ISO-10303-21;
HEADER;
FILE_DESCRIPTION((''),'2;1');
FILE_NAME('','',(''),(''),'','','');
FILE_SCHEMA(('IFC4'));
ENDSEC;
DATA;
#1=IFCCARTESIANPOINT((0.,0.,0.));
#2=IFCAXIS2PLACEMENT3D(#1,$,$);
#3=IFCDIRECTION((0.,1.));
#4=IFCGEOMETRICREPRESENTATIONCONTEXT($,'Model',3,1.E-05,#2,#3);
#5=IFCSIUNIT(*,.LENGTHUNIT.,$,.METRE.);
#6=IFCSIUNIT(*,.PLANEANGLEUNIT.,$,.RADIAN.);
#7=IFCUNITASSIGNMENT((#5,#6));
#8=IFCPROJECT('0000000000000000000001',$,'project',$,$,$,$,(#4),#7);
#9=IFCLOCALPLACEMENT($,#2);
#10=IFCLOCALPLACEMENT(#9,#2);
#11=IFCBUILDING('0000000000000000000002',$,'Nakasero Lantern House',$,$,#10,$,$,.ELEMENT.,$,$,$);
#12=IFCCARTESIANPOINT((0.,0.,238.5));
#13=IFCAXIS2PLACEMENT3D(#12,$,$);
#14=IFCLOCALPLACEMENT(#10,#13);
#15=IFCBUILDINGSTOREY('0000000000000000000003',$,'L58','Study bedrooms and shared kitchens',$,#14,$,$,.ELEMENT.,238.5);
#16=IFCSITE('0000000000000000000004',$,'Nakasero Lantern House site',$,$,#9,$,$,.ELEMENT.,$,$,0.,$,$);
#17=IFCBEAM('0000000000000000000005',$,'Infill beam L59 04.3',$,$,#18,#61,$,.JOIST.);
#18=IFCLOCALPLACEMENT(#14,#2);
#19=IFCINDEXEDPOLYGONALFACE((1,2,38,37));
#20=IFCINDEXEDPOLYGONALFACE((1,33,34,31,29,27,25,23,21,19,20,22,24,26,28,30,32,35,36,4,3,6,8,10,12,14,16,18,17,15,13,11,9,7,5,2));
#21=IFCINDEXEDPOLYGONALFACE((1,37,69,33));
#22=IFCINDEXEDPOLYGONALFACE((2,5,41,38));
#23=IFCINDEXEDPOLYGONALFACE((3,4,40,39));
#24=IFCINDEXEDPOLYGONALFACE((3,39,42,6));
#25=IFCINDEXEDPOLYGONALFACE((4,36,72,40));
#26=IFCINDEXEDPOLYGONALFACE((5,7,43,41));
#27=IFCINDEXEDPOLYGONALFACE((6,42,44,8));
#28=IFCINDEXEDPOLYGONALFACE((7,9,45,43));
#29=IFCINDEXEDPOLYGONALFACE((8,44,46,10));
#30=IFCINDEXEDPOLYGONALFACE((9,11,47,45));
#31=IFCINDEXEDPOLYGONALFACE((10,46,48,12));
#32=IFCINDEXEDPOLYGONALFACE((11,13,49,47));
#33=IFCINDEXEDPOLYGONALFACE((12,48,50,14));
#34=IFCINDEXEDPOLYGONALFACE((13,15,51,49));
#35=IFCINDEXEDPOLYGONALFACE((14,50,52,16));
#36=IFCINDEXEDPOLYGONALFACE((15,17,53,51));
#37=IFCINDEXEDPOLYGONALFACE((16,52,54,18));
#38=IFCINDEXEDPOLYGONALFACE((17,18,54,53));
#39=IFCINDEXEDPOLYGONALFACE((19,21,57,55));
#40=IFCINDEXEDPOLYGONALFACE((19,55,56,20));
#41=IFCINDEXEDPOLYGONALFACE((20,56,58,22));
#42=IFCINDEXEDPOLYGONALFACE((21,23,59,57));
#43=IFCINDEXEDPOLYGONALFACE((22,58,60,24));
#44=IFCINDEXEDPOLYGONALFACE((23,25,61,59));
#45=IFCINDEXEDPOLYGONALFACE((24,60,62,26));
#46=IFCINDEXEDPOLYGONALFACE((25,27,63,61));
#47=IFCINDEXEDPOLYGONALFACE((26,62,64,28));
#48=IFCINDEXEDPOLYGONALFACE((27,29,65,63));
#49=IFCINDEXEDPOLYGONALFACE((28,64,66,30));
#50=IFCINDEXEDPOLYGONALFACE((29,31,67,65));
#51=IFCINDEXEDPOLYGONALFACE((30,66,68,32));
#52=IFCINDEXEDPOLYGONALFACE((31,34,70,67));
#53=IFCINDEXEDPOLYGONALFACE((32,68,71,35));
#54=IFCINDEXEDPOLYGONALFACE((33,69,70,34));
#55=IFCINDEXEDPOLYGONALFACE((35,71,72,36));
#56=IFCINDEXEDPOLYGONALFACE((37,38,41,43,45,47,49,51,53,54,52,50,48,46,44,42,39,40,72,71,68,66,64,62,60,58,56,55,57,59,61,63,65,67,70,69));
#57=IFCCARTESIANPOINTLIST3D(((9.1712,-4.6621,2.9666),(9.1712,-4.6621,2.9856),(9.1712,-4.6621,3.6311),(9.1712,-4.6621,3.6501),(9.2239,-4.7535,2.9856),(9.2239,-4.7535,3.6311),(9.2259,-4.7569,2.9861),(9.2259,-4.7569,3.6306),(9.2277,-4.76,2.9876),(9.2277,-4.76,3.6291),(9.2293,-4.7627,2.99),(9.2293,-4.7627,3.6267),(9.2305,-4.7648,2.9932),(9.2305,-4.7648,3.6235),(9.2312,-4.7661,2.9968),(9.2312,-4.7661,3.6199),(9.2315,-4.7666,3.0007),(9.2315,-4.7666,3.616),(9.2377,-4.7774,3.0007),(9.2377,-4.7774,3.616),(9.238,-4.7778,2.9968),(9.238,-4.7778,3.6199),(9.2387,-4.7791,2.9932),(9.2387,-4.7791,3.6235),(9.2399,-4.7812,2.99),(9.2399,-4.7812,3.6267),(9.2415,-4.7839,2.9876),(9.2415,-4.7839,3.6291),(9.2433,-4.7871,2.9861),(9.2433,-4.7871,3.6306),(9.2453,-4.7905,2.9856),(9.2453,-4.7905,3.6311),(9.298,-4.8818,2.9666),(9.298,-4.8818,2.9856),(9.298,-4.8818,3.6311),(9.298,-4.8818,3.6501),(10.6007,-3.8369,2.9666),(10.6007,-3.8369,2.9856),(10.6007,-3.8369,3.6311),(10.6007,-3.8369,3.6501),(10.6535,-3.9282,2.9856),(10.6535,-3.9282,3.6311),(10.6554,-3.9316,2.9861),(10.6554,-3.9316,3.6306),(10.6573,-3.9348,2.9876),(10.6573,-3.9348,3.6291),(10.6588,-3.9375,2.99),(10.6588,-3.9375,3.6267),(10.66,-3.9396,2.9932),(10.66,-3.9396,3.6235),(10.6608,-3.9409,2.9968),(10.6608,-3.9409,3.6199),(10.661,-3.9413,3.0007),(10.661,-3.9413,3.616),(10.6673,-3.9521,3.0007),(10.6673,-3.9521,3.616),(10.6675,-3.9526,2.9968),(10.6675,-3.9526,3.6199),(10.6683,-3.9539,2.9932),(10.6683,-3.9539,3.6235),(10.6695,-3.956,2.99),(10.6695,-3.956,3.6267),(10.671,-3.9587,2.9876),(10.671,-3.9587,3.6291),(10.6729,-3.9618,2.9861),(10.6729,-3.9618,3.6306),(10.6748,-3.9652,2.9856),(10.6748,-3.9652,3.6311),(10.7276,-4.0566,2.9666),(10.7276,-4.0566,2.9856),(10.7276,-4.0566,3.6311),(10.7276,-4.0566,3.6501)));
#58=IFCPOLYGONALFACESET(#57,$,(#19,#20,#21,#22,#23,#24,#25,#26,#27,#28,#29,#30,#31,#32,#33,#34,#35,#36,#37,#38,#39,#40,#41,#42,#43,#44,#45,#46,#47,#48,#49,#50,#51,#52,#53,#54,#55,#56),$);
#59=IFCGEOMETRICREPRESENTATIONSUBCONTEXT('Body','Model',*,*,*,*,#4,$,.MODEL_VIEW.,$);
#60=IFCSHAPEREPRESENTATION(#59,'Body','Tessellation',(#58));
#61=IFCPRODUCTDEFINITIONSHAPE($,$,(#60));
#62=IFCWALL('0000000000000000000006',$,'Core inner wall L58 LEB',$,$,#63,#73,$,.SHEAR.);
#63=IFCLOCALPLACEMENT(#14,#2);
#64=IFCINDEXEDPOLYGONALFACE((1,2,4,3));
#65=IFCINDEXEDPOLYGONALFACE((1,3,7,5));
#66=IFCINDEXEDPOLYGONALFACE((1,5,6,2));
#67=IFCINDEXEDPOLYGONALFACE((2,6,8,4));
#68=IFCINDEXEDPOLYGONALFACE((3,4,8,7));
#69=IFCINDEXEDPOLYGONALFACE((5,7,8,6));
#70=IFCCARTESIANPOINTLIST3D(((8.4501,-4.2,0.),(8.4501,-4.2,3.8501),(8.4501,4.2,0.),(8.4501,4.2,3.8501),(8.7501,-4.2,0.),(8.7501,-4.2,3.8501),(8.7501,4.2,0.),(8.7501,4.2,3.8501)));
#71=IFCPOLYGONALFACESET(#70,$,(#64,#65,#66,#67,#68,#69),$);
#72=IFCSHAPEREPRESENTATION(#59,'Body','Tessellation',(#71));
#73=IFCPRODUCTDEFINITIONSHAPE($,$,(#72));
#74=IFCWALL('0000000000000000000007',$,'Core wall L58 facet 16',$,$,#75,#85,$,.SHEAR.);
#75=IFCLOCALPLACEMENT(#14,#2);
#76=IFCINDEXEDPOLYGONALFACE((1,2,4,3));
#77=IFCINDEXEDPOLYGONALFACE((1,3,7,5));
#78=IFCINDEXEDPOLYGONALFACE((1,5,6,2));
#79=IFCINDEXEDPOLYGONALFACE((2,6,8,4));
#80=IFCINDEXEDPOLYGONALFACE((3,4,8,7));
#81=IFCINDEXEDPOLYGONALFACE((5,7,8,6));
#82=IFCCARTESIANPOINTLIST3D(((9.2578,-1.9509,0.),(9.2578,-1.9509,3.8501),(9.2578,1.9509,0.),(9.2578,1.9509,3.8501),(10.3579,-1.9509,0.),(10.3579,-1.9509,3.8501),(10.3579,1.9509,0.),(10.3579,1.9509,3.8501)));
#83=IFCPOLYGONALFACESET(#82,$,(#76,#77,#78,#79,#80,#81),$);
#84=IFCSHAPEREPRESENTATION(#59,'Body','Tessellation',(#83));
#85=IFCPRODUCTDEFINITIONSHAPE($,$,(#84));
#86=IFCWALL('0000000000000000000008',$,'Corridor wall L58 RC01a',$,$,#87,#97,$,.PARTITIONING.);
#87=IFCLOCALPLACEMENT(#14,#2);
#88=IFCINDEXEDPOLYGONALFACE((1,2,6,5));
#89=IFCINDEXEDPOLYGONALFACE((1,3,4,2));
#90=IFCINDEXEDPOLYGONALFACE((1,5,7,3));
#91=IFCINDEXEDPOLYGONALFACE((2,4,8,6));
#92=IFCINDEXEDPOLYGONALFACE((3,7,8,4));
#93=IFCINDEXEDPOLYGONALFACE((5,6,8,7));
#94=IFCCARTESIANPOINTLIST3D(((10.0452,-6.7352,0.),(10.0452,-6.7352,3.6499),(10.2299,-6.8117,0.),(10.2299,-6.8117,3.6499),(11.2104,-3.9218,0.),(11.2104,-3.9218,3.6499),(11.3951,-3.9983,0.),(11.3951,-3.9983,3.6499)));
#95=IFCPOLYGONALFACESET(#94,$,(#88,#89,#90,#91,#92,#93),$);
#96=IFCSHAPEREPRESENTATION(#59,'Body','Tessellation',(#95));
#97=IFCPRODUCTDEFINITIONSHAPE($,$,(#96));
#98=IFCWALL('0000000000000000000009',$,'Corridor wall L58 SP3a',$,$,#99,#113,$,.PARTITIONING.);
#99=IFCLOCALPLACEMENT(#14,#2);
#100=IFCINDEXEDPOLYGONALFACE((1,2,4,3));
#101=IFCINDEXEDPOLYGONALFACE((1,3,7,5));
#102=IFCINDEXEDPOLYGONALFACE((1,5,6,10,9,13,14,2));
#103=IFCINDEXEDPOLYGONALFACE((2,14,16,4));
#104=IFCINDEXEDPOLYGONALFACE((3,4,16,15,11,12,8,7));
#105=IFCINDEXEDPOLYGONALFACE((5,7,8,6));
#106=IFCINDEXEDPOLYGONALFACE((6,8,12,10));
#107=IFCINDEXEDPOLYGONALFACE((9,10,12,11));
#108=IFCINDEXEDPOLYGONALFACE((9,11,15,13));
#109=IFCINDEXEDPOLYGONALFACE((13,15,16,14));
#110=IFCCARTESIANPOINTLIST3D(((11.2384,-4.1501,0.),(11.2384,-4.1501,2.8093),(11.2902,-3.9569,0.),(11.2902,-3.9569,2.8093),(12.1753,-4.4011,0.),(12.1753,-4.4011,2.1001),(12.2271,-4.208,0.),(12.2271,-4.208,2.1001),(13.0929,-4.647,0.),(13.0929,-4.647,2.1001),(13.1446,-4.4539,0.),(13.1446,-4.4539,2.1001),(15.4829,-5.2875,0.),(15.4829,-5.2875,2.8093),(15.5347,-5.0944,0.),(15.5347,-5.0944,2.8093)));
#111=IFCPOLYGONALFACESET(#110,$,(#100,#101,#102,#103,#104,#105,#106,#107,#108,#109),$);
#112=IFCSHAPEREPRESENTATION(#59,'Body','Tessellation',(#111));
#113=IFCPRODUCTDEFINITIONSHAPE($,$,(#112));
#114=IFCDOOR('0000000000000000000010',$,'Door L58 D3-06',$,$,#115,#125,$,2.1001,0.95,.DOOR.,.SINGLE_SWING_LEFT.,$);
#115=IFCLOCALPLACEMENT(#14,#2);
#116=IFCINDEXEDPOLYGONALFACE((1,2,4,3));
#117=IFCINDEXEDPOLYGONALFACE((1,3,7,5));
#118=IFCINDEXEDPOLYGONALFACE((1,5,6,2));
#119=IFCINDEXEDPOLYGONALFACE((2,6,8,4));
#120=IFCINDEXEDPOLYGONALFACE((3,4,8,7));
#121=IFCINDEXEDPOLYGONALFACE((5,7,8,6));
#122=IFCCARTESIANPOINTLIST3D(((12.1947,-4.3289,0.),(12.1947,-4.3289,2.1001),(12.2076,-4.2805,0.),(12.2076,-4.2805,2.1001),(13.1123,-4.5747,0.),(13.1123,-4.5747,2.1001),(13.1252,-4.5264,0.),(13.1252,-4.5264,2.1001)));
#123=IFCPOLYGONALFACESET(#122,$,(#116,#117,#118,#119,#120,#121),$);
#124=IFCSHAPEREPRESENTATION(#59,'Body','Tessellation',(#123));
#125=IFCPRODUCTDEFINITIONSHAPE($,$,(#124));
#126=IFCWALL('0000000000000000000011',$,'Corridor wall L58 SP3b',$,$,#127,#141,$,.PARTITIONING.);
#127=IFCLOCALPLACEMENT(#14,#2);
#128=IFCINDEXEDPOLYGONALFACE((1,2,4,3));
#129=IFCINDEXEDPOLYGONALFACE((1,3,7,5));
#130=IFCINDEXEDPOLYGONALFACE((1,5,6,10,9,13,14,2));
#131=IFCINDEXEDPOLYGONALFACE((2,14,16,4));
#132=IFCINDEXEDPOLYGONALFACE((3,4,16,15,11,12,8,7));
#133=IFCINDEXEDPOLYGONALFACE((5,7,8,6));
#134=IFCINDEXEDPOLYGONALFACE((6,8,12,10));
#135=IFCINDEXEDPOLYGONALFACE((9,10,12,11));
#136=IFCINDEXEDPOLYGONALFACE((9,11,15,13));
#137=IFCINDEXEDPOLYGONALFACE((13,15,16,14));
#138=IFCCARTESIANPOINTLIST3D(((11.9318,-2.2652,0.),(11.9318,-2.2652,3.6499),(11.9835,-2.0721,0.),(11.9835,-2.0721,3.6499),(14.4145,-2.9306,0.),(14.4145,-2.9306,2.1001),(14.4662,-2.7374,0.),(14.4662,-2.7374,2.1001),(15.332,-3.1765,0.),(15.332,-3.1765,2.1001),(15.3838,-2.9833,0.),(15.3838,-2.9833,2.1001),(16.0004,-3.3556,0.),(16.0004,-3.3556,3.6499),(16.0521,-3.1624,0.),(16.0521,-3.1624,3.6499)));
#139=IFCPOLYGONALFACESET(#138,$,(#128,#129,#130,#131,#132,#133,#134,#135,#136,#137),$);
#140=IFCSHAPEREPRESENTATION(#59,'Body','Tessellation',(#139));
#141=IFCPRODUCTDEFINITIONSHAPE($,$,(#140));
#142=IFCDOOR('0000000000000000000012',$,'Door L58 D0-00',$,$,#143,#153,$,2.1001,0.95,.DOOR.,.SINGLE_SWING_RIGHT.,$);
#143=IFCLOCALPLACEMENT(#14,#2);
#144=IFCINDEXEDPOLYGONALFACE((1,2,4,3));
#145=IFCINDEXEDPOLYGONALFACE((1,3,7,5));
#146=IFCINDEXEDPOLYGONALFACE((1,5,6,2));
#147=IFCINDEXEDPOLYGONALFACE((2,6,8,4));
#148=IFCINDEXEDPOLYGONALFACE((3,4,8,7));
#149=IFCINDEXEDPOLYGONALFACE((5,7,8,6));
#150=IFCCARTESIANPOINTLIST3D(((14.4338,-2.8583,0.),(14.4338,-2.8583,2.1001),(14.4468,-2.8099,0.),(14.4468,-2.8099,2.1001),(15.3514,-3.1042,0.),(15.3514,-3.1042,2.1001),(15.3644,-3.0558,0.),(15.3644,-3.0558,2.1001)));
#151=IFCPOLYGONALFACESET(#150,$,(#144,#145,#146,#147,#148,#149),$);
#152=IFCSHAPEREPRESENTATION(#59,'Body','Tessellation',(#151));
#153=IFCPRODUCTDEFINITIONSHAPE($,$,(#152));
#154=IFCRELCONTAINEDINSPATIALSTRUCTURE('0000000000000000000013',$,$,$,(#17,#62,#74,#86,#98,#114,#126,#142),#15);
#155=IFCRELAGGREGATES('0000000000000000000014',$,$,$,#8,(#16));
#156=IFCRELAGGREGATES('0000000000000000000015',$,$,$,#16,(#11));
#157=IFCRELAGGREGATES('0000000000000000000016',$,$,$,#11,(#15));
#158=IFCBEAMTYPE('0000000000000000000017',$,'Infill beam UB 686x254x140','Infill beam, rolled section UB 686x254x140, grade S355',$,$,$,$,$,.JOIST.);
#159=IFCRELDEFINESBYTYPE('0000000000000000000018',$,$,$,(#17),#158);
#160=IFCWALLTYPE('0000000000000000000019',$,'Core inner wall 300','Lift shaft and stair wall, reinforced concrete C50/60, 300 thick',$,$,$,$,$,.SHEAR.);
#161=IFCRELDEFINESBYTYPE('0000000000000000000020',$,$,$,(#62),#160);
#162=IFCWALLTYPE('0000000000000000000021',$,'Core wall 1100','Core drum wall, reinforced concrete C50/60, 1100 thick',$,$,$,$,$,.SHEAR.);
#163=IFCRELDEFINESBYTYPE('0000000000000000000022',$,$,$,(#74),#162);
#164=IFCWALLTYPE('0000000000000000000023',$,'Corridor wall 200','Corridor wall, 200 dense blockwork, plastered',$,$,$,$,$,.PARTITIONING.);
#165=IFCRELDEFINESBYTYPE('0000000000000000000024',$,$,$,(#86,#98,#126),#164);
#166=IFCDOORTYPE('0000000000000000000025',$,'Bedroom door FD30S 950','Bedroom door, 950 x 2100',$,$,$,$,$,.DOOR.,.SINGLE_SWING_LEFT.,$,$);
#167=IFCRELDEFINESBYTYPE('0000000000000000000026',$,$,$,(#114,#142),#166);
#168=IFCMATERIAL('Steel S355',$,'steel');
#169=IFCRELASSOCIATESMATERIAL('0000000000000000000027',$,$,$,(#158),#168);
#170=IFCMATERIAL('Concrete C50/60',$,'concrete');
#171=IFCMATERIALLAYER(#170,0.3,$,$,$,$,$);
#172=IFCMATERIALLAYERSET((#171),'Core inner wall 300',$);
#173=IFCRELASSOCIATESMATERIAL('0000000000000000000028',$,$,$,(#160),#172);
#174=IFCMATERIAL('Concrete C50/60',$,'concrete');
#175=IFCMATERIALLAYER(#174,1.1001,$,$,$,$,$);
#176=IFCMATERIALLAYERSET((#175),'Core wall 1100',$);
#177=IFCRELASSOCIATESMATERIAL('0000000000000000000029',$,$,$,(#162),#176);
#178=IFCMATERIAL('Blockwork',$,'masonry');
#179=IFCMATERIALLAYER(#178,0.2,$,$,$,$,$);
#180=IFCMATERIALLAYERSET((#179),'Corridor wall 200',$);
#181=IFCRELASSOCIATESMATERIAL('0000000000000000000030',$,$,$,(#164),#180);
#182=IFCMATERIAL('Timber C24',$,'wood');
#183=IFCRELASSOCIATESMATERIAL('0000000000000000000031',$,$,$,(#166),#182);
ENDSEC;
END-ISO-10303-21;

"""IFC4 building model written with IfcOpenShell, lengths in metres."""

from ifc_helpers import new_model, si_unit, direction, frame, frame_2d, origin, origin_2d, place, context, subcontext, project, spatial, rectangle, i_section, extrude, material, layer, layer_set, material_profile, profile_set, type_object, element, fill, save


model = new_model("IFC4")

# Units and contexts
model_context = context("Model", 3, precision=1e-05, world=origin(), true_north=direction((0.0, 1.0)))
body_context = subcontext(model_context, "Body", "Model", "MODEL_VIEW")
ifc_project = project(units=[si_unit("LENGTHUNIT", "METRE"), si_unit("PLANEANGLEUNIT", "RADIAN")], contexts=[model_context])

# Site, building, storey
site_placement = place(None, origin())
site = spatial("IfcSite", under=ifc_project, at=site_placement, Name="Nakasero Lantern House site", CompositionType="ELEMENT", RefElevation=0.0)
building_placement = place(site_placement, origin())
building = spatial("IfcBuilding", under=site, at=building_placement, Name="Nakasero Lantern House", CompositionType="ELEMENT")
storey_placement = place(building_placement, frame((0.0, 0.0, 238.5)))
storey = spatial("IfcBuildingStorey", under=building, at=storey_placement, Name="L58", Description="Study bedrooms and shared kitchens", CompositionType="ELEMENT", Elevation=238.5)

# Beam
ifc_material_1 = material(Name="Steel S355", Category="steel")
ifc_material_profile = material_profile(ifc_material_1, i_section(OverallWidth=0.2537, OverallDepth=0.6836, WebThickness=0.0125, FlangeThickness=0.019, FilletRadius=0.0151, at=origin_2d()), Name="UB 686x254x140")
ifc_profile_set = profile_set([ifc_material_profile], Name="Steel S355")
beam_type = type_object("IfcBeamType", Name="Infill beam UB 686x254x140", Description="Infill beam, rolled section UB 686x254x140, grade S355", PredefinedType="JOIST", material=ifc_profile_set)
beam_placement = place(storey_placement, frame((9.2346, -4.772, 3.3083), z_axis=(0.86605, 0.499957, 0.0), x_axis=(-0.499957, 0.86605, 0.0)))
element("IfcBeam", 1, at=beam_placement, inside=storey, type_object=beam_type, Name="Infill beam L59 04.3", PredefinedType="JOIST", context=body_context, shape_type="SweptSolid", body=[
    extrude(i_section(OverallWidth=0.2537, OverallDepth=0.6836, WebThickness=0.0125, FlangeThickness=0.019, FilletRadius=0.0151, at=origin_2d()), origin(), (0.0, 0.0, 1.0), 1.6506),
])

# Walls
ifc_material_2 = material(Name="Concrete C50/60", Category="concrete")
ifc_layer_1 = layer(ifc_material_2, 0.3)
ifc_layer_set_1 = layer_set([ifc_layer_1], Name="Core inner wall 300")
wall_type_1 = type_object("IfcWallType", Name="Core inner wall 300", Description="Lift shaft and stair wall, reinforced concrete C50/60, 300 thick", PredefinedType="SHEAR", material=ifc_layer_set_1)
wall_1_placement = place(storey_placement, frame((8.6001, -4.2, 0.0), z_axis=(0.0, 0.0, 1.0), x_axis=(0.0, 1.0, 0.0)))
element("IfcWall", 2, at=wall_1_placement, inside=storey, type_object=wall_type_1, Name="Core inner wall L58 LEB", PredefinedType="SHEAR", context=body_context, shape_type="SweptSolid", body=[
    extrude(rectangle(XDim=8.3999, YDim=0.3, at=frame_2d((4.2, 0.0))), origin(), (0.0, 0.0, 1.0), 3.8501),
])
ifc_material_3 = material(Name="Concrete C50/60", Category="concrete")
ifc_layer_2 = layer(ifc_material_3, 1.1001)
ifc_layer_set_2 = layer_set([ifc_layer_2], Name="Core wall 1100")
wall_type_2 = type_object("IfcWallType", Name="Core wall 1100", Description="Core drum wall, reinforced concrete C50/60, 1100 thick", PredefinedType="SHEAR", material=ifc_layer_set_2)
wall_2_placement = place(storey_placement, frame((9.8079, -1.9509, 0.0), z_axis=(0.0, 0.0, 1.0), x_axis=(0.0, 1.0, 0.0)))
element("IfcWall", 3, at=wall_2_placement, inside=storey, type_object=wall_type_2, Name="Core wall L58 facet 16", PredefinedType="SHEAR", context=body_context, shape_type="SweptSolid", body=[
    extrude(rectangle(XDim=3.9019, YDim=1.1001, at=frame_2d((1.9509, 0.0))), origin(), (0.0, 0.0, 1.0), 3.8501),
])
ifc_material_4 = material(Name="Blockwork", Category="masonry")
ifc_layer_3 = layer(ifc_material_4, 0.2)
ifc_layer_set_3 = layer_set([ifc_layer_3], Name="Corridor wall 200")
wall_type_3 = type_object("IfcWallType", Name="Corridor wall 200", Description="Corridor wall, 200 dense blockwork, plastered", PredefinedType="PARTITIONING", material=ifc_layer_set_3)
wall_3_placement = place(storey_placement, frame((11.3027, -3.9602, 0.0), z_axis=(0.0, 0.0, 1.0), x_axis=(-0.382656, -0.923891, 0.0)))
element("IfcWall", 4, at=wall_3_placement, inside=storey, type_object=wall_type_3, Name="Corridor wall L58 RC01a", PredefinedType="PARTITIONING", context=body_context, shape_type="SweptSolid", body=[
    extrude(rectangle(XDim=3.0452, YDim=0.2, at=frame_2d((1.5225, 0.0))), origin(), (0.0, 0.0, 1.0), 3.6499),
])

# Walls, openings, doors
wall_4_placement = place(storey_placement, frame((11.2642, -4.0535, 0.0), z_axis=(0.0, 0.0, 1.0), x_axis=(0.96592, -0.258842, 0.0)))
wall_4 = element("IfcWall", 5, at=wall_4_placement, inside=storey, type_object=wall_type_3, Name="Corridor wall L58 SP3a", PredefinedType="PARTITIONING", context=body_context, shape_type="SweptSolid", body=[
    extrude(rectangle(XDim=4.3943, YDim=0.2, at=frame_2d((2.1973, 0.0))), origin(), (0.0, 0.0, 1.0), 2.8093),
])
opening_1_placement = place(wall_4_placement, frame((0.97, 0.0, 0.0)))
opening_1 = element("IfcOpeningElement", 6, at=opening_1_placement, cuts=wall_4, PredefinedType="OPENING", context=body_context, shape_type="SweptSolid", body=[
    extrude(rectangle(XDim=0.95, YDim=2.1001, at=frame_2d((0.4751, 1.05))), frame((0.0, 0.1199, 0.0), z_axis=(0.0, -1.0, 0.0), x_axis=(1.0, 0.0, 0.0)), (0.0, 0.0, 1.0), 0.24),
])
ifc_material_5 = material(Name="Timber C24", Category="wood")
door_type_1 = type_object("IfcDoorType", Name="Bedroom door FD30S 950", Description="Bedroom door, 950 x 2100", OperationType="SINGLE_SWING_LEFT", PredefinedType="DOOR", material=ifc_material_5)
door_1_placement = place(opening_1_placement, origin())
door_1 = element("IfcDoor", 7, at=door_1_placement, inside=storey, type_object=door_type_1, Name="Door L58 D3-06", OperationType="SINGLE_SWING_LEFT", OverallHeight=2.1001, OverallWidth=0.95, PredefinedType="DOOR", context=body_context, shape_type="SweptSolid", body=[
    extrude(rectangle(XDim=0.95, YDim=2.1001, at=frame_2d((0.4751, 1.05))), frame((0.0, 0.0249, 0.0), z_axis=(0.0, -1.0, 0.0), x_axis=(1.0, 0.0, 0.0)), (0.0, 0.0, 1.0), 0.05),
])
fill(opening_1, door_1)
wall_5_placement = place(storey_placement, frame((11.9578, -2.1687, 0.0), z_axis=(0.0, 0.0, 1.0), x_axis=(0.965917, -0.258853, 0.0)))
wall_5 = element("IfcWall", 8, at=wall_5_placement, inside=storey, type_object=wall_type_3, Name="Corridor wall L58 SP3b", PredefinedType="PARTITIONING", context=body_context, shape_type="SweptSolid", body=[
    extrude(rectangle(XDim=4.2122, YDim=0.2, at=frame_2d((2.106, 0.0))), origin(), (0.0, 0.0, 1.0), 3.6499),
])
opening_2_placement = place(wall_5_placement, frame((2.5701, 0.0, 0.0)))
opening_2 = element("IfcOpeningElement", 9, at=opening_2_placement, cuts=wall_5, PredefinedType="OPENING", context=body_context, shape_type="SweptSolid", body=[
    extrude(rectangle(XDim=0.95, YDim=2.1001, at=frame_2d((0.4751, 1.05))), frame((0.0, 0.1199, 0.0), z_axis=(0.0, -1.0, 0.0), x_axis=(1.0, 0.0, 0.0)), (0.0, 0.0, 1.0), 0.24),
])
door_2_placement = place(opening_2_placement, origin())
door_2 = element("IfcDoor", 10, at=door_2_placement, inside=storey, type_object=door_type_1, Name="Door L58 D0-00", OperationType="SINGLE_SWING_RIGHT", OverallHeight=2.1001, OverallWidth=0.95, PredefinedType="DOOR", context=body_context, shape_type="SweptSolid", body=[
    extrude(rectangle(XDim=0.95, YDim=2.1001, at=frame_2d((0.4751, 1.05))), frame((0.0, 0.0249, 0.0), z_axis=(0.0, -1.0, 0.0), x_axis=(1.0, 0.0, 0.0)), (0.0, 0.0, 1.0), 0.05),
])
fill(opening_2, door_2)

save(model, "model.ifc")
